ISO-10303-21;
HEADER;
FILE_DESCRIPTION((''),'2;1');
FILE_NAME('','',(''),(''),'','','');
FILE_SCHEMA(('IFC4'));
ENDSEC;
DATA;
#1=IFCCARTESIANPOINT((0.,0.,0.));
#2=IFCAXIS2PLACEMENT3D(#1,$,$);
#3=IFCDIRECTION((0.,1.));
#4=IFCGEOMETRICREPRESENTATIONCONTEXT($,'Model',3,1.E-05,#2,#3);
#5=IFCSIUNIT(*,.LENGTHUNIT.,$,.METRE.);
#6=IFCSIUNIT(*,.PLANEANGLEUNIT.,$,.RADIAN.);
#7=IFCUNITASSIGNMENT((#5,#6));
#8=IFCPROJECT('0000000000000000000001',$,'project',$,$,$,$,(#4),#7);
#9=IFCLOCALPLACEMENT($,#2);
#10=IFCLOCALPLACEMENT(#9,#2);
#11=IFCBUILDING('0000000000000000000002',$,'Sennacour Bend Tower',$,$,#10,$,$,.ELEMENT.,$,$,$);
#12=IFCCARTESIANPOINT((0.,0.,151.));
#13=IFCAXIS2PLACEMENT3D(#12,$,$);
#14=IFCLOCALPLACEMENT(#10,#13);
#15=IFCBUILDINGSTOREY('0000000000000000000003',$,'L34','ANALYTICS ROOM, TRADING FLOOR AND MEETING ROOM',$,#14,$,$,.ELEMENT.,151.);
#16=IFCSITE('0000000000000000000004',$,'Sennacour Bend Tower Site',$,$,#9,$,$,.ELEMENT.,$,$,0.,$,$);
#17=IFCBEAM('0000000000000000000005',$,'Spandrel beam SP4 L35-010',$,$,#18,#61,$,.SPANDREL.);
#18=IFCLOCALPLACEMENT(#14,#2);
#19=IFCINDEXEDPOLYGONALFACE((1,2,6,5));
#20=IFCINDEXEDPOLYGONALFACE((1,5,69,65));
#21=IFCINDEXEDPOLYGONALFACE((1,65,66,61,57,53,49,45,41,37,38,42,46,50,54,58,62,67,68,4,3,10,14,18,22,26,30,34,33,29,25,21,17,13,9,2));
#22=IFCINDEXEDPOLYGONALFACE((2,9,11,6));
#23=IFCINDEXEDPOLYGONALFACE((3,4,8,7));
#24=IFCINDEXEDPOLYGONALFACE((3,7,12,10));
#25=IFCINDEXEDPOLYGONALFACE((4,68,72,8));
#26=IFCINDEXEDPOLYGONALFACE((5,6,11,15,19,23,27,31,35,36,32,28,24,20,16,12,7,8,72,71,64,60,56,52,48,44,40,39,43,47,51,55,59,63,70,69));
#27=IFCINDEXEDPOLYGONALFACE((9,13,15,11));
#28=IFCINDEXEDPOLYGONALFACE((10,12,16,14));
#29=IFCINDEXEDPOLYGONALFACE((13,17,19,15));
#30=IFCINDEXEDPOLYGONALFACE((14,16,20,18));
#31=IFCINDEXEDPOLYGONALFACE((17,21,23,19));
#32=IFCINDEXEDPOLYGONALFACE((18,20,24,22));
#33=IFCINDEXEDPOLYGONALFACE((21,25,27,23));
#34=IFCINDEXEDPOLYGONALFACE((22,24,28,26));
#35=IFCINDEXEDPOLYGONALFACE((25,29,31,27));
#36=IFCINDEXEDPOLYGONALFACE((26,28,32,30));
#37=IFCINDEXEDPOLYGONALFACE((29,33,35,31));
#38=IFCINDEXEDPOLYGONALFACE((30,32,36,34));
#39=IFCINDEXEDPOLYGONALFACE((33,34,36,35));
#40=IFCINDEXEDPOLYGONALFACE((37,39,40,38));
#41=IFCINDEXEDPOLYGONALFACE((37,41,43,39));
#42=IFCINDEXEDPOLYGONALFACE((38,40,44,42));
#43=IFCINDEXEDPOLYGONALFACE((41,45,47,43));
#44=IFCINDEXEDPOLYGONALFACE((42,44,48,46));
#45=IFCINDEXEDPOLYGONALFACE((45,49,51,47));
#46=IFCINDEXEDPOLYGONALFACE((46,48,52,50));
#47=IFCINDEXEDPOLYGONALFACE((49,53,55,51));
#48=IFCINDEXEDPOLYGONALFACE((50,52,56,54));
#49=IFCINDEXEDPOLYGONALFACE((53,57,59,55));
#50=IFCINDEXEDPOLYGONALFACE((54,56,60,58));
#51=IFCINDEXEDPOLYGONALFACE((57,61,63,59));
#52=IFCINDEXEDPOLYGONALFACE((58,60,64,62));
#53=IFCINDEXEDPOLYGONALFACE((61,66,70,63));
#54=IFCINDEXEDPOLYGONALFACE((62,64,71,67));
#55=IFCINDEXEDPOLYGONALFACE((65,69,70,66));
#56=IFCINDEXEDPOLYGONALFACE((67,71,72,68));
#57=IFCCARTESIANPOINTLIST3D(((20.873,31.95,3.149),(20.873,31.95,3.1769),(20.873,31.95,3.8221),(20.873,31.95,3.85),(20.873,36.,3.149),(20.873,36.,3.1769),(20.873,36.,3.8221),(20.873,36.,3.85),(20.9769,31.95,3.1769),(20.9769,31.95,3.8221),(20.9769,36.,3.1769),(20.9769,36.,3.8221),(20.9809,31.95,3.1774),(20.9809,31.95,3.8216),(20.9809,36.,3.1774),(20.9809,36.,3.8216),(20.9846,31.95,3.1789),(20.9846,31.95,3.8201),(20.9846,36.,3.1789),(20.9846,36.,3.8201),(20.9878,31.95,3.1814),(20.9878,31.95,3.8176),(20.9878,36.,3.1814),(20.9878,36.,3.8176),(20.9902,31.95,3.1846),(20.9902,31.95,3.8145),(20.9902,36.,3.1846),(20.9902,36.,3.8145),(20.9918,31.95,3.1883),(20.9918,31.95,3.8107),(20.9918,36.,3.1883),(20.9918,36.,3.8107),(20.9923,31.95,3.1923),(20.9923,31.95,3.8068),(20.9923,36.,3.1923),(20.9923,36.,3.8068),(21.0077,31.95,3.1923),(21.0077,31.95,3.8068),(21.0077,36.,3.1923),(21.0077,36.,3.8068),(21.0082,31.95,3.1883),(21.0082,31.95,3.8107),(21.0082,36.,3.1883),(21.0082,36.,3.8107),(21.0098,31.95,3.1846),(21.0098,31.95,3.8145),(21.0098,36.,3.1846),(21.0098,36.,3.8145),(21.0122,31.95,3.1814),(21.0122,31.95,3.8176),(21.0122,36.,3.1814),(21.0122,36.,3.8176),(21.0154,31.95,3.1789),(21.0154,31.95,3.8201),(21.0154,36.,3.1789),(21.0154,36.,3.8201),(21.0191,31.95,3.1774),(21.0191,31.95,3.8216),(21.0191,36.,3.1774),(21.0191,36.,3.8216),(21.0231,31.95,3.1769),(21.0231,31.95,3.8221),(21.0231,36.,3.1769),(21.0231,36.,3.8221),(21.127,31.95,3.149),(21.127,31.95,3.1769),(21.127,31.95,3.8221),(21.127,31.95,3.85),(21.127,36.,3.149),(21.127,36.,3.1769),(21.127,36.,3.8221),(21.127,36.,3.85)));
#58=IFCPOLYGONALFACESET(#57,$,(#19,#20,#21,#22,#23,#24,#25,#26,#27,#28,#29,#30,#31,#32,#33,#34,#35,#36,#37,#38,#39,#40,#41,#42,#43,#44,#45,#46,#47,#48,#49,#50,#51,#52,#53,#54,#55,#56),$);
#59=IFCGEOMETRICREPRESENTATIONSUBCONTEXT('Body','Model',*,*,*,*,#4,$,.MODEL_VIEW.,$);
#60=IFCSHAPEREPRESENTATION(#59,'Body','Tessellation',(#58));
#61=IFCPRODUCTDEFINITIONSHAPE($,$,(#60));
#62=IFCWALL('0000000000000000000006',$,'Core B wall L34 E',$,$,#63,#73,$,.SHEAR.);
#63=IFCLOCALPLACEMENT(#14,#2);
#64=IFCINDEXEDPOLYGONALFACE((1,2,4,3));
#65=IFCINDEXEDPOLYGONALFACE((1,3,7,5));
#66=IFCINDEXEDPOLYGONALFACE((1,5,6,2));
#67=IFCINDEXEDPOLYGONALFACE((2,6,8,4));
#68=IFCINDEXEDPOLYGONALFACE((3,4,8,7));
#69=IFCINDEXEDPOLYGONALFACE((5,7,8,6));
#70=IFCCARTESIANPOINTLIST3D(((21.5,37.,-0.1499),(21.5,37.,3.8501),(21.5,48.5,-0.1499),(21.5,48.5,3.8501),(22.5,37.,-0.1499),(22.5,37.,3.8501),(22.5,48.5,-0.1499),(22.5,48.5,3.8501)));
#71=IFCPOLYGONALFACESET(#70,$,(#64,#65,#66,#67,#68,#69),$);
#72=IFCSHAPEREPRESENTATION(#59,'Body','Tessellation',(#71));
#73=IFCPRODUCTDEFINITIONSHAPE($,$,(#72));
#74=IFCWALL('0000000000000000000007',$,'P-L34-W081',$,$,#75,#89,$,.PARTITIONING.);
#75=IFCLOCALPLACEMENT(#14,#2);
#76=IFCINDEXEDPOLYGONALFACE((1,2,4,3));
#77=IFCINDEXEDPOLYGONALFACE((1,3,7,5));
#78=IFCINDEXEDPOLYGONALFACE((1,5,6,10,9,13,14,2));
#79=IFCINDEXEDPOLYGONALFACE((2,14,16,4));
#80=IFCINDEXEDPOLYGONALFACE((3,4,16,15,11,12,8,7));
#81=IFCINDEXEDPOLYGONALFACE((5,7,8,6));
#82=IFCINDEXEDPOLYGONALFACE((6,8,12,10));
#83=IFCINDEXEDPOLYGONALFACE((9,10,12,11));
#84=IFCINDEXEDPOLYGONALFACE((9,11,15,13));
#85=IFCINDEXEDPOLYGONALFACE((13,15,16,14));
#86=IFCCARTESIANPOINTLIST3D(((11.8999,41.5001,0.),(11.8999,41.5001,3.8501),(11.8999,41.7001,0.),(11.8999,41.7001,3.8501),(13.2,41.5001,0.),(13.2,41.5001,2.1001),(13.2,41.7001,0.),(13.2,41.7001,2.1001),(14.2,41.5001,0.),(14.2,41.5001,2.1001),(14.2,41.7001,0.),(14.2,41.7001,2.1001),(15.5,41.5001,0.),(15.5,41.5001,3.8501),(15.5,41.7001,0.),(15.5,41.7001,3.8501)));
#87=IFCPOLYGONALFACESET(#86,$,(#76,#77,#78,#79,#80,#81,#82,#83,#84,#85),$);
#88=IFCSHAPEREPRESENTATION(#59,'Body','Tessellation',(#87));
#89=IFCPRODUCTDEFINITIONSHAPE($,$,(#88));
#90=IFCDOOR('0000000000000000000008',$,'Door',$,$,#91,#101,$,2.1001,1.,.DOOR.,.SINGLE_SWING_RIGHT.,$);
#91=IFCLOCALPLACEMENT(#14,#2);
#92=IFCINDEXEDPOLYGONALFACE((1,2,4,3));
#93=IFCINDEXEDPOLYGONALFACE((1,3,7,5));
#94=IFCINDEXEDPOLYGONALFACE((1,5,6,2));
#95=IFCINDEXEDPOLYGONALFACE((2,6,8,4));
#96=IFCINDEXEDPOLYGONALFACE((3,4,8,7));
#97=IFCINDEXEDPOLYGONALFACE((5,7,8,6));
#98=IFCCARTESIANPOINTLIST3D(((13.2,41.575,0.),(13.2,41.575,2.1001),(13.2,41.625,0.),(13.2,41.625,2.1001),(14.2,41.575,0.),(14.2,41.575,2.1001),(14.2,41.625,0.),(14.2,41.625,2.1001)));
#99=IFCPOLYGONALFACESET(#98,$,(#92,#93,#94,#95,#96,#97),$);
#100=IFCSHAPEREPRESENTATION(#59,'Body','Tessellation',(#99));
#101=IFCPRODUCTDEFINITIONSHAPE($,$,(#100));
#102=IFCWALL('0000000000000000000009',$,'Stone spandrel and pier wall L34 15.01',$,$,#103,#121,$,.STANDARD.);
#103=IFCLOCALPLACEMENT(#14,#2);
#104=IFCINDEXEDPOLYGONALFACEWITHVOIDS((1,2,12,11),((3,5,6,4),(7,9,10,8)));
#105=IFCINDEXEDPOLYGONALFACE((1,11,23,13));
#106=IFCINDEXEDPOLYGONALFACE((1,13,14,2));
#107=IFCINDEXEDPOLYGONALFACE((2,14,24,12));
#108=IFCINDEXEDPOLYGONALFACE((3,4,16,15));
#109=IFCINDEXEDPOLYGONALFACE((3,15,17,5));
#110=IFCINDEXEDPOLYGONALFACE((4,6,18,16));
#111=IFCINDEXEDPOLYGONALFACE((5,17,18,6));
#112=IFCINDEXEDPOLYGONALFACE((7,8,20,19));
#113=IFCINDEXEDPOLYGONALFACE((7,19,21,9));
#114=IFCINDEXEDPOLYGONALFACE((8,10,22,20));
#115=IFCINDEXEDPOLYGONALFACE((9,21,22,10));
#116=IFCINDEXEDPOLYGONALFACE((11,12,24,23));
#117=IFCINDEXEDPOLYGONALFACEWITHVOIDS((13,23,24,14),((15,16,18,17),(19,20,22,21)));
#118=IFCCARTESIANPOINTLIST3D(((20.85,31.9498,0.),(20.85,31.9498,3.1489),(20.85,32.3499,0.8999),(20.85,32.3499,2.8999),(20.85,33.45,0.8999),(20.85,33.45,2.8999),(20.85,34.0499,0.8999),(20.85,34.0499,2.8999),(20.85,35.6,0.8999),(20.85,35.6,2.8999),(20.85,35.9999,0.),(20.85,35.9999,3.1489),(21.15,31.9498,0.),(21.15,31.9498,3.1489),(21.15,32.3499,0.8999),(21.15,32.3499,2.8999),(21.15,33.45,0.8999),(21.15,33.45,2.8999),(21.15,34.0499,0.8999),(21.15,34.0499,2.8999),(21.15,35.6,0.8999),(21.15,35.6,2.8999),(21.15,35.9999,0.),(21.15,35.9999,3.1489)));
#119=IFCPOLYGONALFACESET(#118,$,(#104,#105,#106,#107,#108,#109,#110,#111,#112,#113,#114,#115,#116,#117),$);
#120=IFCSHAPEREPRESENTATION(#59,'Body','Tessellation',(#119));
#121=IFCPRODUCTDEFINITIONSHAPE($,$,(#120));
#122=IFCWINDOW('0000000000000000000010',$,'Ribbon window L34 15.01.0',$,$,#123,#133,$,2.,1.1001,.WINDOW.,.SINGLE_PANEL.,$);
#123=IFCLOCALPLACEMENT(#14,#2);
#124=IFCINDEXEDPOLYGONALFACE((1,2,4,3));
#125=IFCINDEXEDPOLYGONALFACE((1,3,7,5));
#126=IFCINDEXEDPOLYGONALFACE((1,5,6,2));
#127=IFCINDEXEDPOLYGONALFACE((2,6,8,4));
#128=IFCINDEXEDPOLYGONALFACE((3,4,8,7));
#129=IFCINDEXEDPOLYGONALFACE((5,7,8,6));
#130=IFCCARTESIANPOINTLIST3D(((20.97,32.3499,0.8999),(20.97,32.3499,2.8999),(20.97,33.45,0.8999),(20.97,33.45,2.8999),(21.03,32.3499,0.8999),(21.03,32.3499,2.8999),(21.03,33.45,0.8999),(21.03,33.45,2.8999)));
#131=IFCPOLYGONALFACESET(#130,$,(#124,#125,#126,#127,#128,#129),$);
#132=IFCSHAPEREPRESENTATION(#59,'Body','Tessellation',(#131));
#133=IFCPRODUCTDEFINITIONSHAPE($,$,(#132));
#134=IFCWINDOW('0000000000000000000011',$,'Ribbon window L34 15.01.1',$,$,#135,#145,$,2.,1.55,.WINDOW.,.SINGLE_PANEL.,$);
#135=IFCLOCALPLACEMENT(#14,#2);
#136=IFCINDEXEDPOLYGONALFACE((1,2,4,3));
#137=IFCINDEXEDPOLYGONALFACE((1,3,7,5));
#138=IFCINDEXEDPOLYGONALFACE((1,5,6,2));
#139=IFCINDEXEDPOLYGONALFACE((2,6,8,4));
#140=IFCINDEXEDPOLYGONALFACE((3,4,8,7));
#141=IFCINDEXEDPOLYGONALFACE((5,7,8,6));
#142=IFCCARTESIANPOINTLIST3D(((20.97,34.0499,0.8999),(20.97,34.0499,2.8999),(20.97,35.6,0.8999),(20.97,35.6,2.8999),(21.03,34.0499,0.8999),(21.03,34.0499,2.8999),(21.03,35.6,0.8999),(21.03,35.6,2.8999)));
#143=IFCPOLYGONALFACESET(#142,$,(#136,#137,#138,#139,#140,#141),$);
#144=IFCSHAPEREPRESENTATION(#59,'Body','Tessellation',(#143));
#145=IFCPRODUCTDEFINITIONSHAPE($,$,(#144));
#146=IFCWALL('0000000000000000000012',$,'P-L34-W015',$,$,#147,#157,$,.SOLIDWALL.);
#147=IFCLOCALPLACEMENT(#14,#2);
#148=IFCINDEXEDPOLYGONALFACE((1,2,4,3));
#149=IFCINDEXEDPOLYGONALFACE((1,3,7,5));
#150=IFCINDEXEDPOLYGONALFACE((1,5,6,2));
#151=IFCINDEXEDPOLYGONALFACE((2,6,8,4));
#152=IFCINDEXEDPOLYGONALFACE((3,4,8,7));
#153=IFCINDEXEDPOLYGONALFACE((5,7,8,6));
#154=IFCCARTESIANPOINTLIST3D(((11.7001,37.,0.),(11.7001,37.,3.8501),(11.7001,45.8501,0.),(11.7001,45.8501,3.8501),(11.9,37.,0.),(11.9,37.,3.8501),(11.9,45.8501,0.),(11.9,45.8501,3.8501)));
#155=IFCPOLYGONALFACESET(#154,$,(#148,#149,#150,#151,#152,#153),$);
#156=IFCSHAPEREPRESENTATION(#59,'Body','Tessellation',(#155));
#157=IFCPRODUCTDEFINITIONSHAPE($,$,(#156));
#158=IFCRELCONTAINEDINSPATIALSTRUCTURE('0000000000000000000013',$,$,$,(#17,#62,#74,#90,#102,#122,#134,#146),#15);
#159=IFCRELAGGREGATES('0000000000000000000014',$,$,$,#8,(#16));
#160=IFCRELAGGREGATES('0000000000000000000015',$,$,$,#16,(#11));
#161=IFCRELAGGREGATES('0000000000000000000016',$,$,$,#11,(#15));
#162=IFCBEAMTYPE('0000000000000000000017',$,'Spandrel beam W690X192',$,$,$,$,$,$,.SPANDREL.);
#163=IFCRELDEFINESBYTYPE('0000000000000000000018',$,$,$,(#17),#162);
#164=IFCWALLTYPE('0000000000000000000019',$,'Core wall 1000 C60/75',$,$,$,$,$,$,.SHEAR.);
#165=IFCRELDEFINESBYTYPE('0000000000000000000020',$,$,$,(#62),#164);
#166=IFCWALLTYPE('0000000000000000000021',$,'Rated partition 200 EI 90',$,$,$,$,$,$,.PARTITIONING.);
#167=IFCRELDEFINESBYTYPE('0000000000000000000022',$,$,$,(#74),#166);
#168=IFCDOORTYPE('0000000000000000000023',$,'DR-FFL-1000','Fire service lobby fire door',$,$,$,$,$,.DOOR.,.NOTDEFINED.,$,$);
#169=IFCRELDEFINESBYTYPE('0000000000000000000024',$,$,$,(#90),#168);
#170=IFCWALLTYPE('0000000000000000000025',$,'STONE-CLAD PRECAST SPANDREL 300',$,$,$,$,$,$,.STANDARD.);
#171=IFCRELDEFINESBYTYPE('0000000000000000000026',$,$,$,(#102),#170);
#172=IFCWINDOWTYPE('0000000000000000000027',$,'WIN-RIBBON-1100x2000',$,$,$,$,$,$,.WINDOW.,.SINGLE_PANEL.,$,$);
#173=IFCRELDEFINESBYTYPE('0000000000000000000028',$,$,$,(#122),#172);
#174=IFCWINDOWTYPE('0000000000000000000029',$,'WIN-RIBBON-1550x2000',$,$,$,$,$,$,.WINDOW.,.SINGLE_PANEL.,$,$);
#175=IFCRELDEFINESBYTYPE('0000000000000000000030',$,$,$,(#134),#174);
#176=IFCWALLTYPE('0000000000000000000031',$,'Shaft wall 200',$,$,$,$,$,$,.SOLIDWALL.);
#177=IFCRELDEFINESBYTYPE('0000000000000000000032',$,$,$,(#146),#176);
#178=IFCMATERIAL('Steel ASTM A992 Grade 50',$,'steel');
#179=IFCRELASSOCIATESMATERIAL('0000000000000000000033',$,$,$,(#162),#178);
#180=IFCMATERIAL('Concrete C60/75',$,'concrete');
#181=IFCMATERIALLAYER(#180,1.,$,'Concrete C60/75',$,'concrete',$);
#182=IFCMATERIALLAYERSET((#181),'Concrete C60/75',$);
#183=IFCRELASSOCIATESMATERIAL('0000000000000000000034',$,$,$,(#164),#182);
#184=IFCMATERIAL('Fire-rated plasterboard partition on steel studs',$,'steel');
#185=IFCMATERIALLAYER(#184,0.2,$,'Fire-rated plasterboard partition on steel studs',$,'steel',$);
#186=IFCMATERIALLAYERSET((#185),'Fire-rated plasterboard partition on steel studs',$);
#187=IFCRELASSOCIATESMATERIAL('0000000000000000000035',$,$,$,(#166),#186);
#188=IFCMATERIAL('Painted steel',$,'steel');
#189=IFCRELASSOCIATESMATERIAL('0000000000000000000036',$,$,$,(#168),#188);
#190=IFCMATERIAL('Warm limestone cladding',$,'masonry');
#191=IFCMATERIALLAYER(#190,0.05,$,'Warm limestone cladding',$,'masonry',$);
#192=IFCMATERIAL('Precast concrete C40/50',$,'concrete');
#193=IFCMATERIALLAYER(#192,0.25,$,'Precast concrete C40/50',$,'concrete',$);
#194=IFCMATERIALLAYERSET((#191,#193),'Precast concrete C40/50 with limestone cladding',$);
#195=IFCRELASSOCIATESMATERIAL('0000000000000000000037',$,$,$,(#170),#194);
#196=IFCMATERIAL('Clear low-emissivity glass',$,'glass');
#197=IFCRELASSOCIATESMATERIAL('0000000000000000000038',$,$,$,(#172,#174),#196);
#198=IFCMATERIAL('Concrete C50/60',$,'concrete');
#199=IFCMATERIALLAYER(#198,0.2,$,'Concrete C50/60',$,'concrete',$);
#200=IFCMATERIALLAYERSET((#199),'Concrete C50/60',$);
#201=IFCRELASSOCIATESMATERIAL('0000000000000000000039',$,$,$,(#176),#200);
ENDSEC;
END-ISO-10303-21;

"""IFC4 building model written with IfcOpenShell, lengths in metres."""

from ifc_helpers import new_model, si_unit, direction, frame, frame_2d, origin, origin_2d, place, context, subcontext, project, spatial, rectangle, i_section, extrude, material, layer, layer_set, material_profile, profile_set, type_object, element, fill, save


model = new_model("IFC4")

# Units and contexts
model_context = context("Model", 3, precision=1e-05, world=origin(), true_north=direction((0.0, 1.0)))
body_context = subcontext(model_context, "Body", "Model", "MODEL_VIEW")
ifc_project = project(units=[si_unit("LENGTHUNIT", "METRE"), si_unit("PLANEANGLEUNIT", "RADIAN")], contexts=[model_context])

# Site, building, storey
site_placement = place(None, origin())
site = spatial("IfcSite", under=ifc_project, at=site_placement, Name="Sennacour Bend Tower Site", CompositionType="ELEMENT", RefElevation=0.0)
building_placement = place(site_placement, origin())
building = spatial("IfcBuilding", under=site, at=building_placement, Name="Sennacour Bend Tower", CompositionType="ELEMENT")
storey_placement = place(building_placement, frame((0.0, 0.0, 151.0)))
storey = spatial("IfcBuildingStorey", under=building, at=storey_placement, Name="L34", Description="ANALYTICS ROOM, TRADING FLOOR AND MEETING ROOM", CompositionType="ELEMENT", Elevation=151.0)

# Beam
ifc_material_1 = material(Name="Steel ASTM A992 Grade 50", Category="steel")
ifc_material_profile = material_profile(ifc_material_1, i_section(OverallWidth=0.2539, OverallDepth=0.7009, WebThickness=0.0154, FlangeThickness=0.0278, FilletRadius=0.0154, at=origin_2d()), Name="Steel ASTM A992 Grade 50", Category="steel")
ifc_profile_set = profile_set([ifc_material_profile], Name="Steel ASTM A992 Grade 50")
beam_type = type_object("IfcBeamType", Name="Spandrel beam W690X192", PredefinedType="SPANDREL", material=ifc_profile_set)
beam_placement = place(storey_placement, frame((21.0, 36.0, 3.4995), z_axis=(0.0, -1.0, 0.0), x_axis=(1.0, 0.0, 0.0)))
element("IfcBeam", 1, at=beam_placement, inside=storey, type_object=beam_type, Name="Spandrel beam SP4 L35-010", PredefinedType="SPANDREL", context=body_context, shape_type="SweptSolid", body=[
    extrude(i_section(OverallWidth=0.2539, OverallDepth=0.7009, WebThickness=0.0154, FlangeThickness=0.0278, FilletRadius=0.0154, at=origin_2d()), origin(), (0.0, 0.0, 1.0), 4.05),
])

# Wall
ifc_material_2 = material(Name="Concrete C60/75", Category="concrete")
ifc_layer_1 = layer(ifc_material_2, 1.0, Name="Concrete C60/75", Category="concrete")
ifc_layer_set_1 = layer_set([ifc_layer_1], Name="Concrete C60/75")
wall_type_1 = type_object("IfcWallType", Name="Core wall 1000 C60/75", PredefinedType="SHEAR", material=ifc_layer_set_1)
wall_1_placement = place(storey_placement, frame((22.0, 37.0, -0.1499), z_axis=(0.0, 0.0, 1.0), x_axis=(0.0, 1.0, 0.0)))
element("IfcWall", 2, at=wall_1_placement, inside=storey, type_object=wall_type_1, Name="Core B wall L34 E", PredefinedType="SHEAR", context=body_context, shape_type="SweptSolid", body=[
    extrude(rectangle(XDim=11.5, YDim=1.0, at=frame_2d((5.75, 0.0))), origin(), (0.0, 0.0, 1.0), 4.0),
])

# Wall, opening, door
ifc_material_3 = material(Name="Fire-rated plasterboard partition on steel studs", Category="steel")
ifc_layer_2 = layer(ifc_material_3, 0.2, Name="Fire-rated plasterboard partition on steel studs", Category="steel")
ifc_layer_set_2 = layer_set([ifc_layer_2], Name="Fire-rated plasterboard partition on steel studs")
wall_type_2 = type_object("IfcWallType", Name="Rated partition 200 EI 90", PredefinedType="PARTITIONING", material=ifc_layer_set_2)
wall_2_placement = place(storey_placement, frame((11.8999, 41.6001, 0.0), z_axis=(0.0, 0.0, 1.0), x_axis=(1.0, 0.0, 0.0)))
wall_2 = element("IfcWall", 3, at=wall_2_placement, inside=storey, type_object=wall_type_2, Name="P-L34-W081", PredefinedType="PARTITIONING", context=body_context, shape_type="SweptSolid", body=[
    extrude(rectangle(XDim=3.6001, YDim=0.2, at=frame_2d((1.8, 0.0))), origin(), (0.0, 0.0, 1.0), 3.8501),
])
opening_1_placement = place(wall_2_placement, frame((1.3, 0.0, 0.0)))
opening_1 = element("IfcOpeningElement", 4, at=opening_1_placement, cuts=wall_2, PredefinedType="OPENING", context=body_context, shape_type="SweptSolid", body=[
    extrude(rectangle(XDim=1.0, YDim=2.1001, at=frame_2d((0.5, 1.05))), frame((0.0, 0.1099, 0.0), z_axis=(0.0, -1.0, 0.0), x_axis=(1.0, 0.0, 0.0)), (0.0, 0.0, 1.0), 0.22),
])
ifc_material_4 = material(Name="Painted steel", Category="steel")
door_type_1 = type_object("IfcDoorType", Name="DR-FFL-1000", Description="Fire service lobby fire door", OperationType="NOTDEFINED", PredefinedType="DOOR", material=ifc_material_4)
door_1_placement = place(opening_1_placement, origin())
door_1 = element("IfcDoor", 5, at=door_1_placement, inside=storey, type_object=door_type_1, Name="Door", OperationType="SINGLE_SWING_RIGHT", OverallHeight=2.1001, OverallWidth=1.0, PredefinedType="DOOR", context=body_context, shape_type="SweptSolid", body=[
    extrude(rectangle(XDim=1.0, YDim=2.1001, at=frame_2d((0.5, 1.05))), frame((0.0, 0.0249, 0.0), z_axis=(0.0, -1.0, 0.0), x_axis=(1.0, 0.0, 0.0)), (0.0, 0.0, 1.0), 0.05),
])
fill(opening_1, door_1)

# Wall, openings, windows
ifc_material_5 = material(Name="Warm limestone cladding", Category="masonry")
ifc_layer_3 = layer(ifc_material_5, 0.05, Name="Warm limestone cladding", Category="masonry")
ifc_material_6 = material(Name="Precast concrete C40/50", Category="concrete")
ifc_layer_4 = layer(ifc_material_6, 0.25, Name="Precast concrete C40/50", Category="concrete")
ifc_layer_set_3 = layer_set([ifc_layer_3, ifc_layer_4], Name="Precast concrete C40/50 with limestone cladding")
wall_type_3 = type_object("IfcWallType", Name="STONE-CLAD PRECAST SPANDREL 300", PredefinedType="STANDARD", material=ifc_layer_set_3)
wall_3_placement = place(storey_placement, frame((21.0, 31.95, 0.0), z_axis=(0.0, 0.0, 1.0), x_axis=(0.0, 1.0, 0.0)))
wall_3 = element("IfcWall", 6, at=wall_3_placement, inside=storey, type_object=wall_type_3, Name="Stone spandrel and pier wall L34 15.01", PredefinedType="STANDARD", context=body_context, shape_type="SweptSolid", body=[
    extrude(rectangle(XDim=4.05, YDim=0.3, at=frame_2d((2.0249, 0.0))), origin(), (0.0, 0.0, 1.0), 3.1489),
])
opening_2_placement = place(wall_3_placement, frame((0.3999, 0.0, 0.8999)))
opening_2 = element("IfcOpeningElement", 7, at=opening_2_placement, cuts=wall_3, PredefinedType="OPENING", context=body_context, shape_type="SweptSolid", body=[
    extrude(rectangle(XDim=1.1001, YDim=2.0, at=frame_2d((0.55, 1.0))), frame((0.0, 0.1602, 0.0), z_axis=(0.0, -1.0, 0.0), x_axis=(1.0, 0.0, 0.0)), (0.0, 0.0, 1.0), 0.3201),
])
opening_3_placement = place(wall_3_placement, frame((2.1001, 0.0, 0.8999)))
opening_3 = element("IfcOpeningElement", 8, at=opening_3_placement, cuts=wall_3, PredefinedType="OPENING", context=body_context, shape_type="SweptSolid", body=[
    extrude(rectangle(XDim=1.55, YDim=2.0, at=frame_2d((0.7749, 1.0))), frame((0.0, 0.1602, 0.0), z_axis=(0.0, -1.0, 0.0), x_axis=(1.0, 0.0, 0.0)), (0.0, 0.0, 1.0), 0.3201),
])
ifc_material_7 = material(Name="Clear low-emissivity glass", Category="glass")
window_type_1 = type_object("IfcWindowType", Name="WIN-RIBBON-1100x2000", PartitioningType="SINGLE_PANEL", PredefinedType="WINDOW", material=ifc_material_7)
window_1_placement = place(opening_2_placement, origin())
window_1 = element("IfcWindow", 9, at=window_1_placement, inside=storey, type_object=window_type_1, Name="Ribbon window L34 15.01.0", OverallHeight=2.0, OverallWidth=1.1001, PartitioningType="SINGLE_PANEL", PredefinedType="WINDOW", context=body_context, shape_type="SweptSolid", body=[
    extrude(rectangle(XDim=1.1001, YDim=2.0, at=frame_2d((0.55, 1.0))), frame((0.0, 0.03, 0.0), z_axis=(0.0, -1.0, 0.0), x_axis=(1.0, 0.0, 0.0)), (0.0, 0.0, 1.0), 0.0601),
])
fill(opening_2, window_1)
window_type_2 = type_object("IfcWindowType", Name="WIN-RIBBON-1550x2000", PartitioningType="SINGLE_PANEL", PredefinedType="WINDOW", material=ifc_material_7)
window_2_placement = place(opening_3_placement, origin())
window_2 = element("IfcWindow", 10, at=window_2_placement, inside=storey, type_object=window_type_2, Name="Ribbon window L34 15.01.1", OverallHeight=2.0, OverallWidth=1.55, PartitioningType="SINGLE_PANEL", PredefinedType="WINDOW", context=body_context, shape_type="SweptSolid", body=[
    extrude(rectangle(XDim=1.55, YDim=2.0, at=frame_2d((0.7749, 1.0))), frame((0.0, 0.03, 0.0), z_axis=(0.0, -1.0, 0.0), x_axis=(1.0, 0.0, 0.0)), (0.0, 0.0, 1.0), 0.0601),
])
fill(opening_3, window_2)

# Wall
ifc_material_8 = material(Name="Concrete C50/60", Category="concrete")
ifc_layer_5 = layer(ifc_material_8, 0.2, Name="Concrete C50/60", Category="concrete")
ifc_layer_set_4 = layer_set([ifc_layer_5], Name="Concrete C50/60")
wall_type_4 = type_object("IfcWallType", Name="Shaft wall 200", PredefinedType="SOLIDWALL", material=ifc_layer_set_4)
wall_4_placement = place(storey_placement, frame((11.8, 37.0, 0.0), z_axis=(0.0, 0.0, 1.0), x_axis=(0.0, 1.0, 0.0)))
element("IfcWall", 11, at=wall_4_placement, inside=storey, type_object=wall_type_4, Name="P-L34-W015", PredefinedType="SOLIDWALL", context=body_context, shape_type="SweptSolid", body=[
    extrude(rectangle(XDim=8.8501, YDim=0.2, at=frame_2d((4.425, 0.0))), origin(), (0.0, 0.0, 1.0), 3.8501),
])

save(model, "model.ifc")
